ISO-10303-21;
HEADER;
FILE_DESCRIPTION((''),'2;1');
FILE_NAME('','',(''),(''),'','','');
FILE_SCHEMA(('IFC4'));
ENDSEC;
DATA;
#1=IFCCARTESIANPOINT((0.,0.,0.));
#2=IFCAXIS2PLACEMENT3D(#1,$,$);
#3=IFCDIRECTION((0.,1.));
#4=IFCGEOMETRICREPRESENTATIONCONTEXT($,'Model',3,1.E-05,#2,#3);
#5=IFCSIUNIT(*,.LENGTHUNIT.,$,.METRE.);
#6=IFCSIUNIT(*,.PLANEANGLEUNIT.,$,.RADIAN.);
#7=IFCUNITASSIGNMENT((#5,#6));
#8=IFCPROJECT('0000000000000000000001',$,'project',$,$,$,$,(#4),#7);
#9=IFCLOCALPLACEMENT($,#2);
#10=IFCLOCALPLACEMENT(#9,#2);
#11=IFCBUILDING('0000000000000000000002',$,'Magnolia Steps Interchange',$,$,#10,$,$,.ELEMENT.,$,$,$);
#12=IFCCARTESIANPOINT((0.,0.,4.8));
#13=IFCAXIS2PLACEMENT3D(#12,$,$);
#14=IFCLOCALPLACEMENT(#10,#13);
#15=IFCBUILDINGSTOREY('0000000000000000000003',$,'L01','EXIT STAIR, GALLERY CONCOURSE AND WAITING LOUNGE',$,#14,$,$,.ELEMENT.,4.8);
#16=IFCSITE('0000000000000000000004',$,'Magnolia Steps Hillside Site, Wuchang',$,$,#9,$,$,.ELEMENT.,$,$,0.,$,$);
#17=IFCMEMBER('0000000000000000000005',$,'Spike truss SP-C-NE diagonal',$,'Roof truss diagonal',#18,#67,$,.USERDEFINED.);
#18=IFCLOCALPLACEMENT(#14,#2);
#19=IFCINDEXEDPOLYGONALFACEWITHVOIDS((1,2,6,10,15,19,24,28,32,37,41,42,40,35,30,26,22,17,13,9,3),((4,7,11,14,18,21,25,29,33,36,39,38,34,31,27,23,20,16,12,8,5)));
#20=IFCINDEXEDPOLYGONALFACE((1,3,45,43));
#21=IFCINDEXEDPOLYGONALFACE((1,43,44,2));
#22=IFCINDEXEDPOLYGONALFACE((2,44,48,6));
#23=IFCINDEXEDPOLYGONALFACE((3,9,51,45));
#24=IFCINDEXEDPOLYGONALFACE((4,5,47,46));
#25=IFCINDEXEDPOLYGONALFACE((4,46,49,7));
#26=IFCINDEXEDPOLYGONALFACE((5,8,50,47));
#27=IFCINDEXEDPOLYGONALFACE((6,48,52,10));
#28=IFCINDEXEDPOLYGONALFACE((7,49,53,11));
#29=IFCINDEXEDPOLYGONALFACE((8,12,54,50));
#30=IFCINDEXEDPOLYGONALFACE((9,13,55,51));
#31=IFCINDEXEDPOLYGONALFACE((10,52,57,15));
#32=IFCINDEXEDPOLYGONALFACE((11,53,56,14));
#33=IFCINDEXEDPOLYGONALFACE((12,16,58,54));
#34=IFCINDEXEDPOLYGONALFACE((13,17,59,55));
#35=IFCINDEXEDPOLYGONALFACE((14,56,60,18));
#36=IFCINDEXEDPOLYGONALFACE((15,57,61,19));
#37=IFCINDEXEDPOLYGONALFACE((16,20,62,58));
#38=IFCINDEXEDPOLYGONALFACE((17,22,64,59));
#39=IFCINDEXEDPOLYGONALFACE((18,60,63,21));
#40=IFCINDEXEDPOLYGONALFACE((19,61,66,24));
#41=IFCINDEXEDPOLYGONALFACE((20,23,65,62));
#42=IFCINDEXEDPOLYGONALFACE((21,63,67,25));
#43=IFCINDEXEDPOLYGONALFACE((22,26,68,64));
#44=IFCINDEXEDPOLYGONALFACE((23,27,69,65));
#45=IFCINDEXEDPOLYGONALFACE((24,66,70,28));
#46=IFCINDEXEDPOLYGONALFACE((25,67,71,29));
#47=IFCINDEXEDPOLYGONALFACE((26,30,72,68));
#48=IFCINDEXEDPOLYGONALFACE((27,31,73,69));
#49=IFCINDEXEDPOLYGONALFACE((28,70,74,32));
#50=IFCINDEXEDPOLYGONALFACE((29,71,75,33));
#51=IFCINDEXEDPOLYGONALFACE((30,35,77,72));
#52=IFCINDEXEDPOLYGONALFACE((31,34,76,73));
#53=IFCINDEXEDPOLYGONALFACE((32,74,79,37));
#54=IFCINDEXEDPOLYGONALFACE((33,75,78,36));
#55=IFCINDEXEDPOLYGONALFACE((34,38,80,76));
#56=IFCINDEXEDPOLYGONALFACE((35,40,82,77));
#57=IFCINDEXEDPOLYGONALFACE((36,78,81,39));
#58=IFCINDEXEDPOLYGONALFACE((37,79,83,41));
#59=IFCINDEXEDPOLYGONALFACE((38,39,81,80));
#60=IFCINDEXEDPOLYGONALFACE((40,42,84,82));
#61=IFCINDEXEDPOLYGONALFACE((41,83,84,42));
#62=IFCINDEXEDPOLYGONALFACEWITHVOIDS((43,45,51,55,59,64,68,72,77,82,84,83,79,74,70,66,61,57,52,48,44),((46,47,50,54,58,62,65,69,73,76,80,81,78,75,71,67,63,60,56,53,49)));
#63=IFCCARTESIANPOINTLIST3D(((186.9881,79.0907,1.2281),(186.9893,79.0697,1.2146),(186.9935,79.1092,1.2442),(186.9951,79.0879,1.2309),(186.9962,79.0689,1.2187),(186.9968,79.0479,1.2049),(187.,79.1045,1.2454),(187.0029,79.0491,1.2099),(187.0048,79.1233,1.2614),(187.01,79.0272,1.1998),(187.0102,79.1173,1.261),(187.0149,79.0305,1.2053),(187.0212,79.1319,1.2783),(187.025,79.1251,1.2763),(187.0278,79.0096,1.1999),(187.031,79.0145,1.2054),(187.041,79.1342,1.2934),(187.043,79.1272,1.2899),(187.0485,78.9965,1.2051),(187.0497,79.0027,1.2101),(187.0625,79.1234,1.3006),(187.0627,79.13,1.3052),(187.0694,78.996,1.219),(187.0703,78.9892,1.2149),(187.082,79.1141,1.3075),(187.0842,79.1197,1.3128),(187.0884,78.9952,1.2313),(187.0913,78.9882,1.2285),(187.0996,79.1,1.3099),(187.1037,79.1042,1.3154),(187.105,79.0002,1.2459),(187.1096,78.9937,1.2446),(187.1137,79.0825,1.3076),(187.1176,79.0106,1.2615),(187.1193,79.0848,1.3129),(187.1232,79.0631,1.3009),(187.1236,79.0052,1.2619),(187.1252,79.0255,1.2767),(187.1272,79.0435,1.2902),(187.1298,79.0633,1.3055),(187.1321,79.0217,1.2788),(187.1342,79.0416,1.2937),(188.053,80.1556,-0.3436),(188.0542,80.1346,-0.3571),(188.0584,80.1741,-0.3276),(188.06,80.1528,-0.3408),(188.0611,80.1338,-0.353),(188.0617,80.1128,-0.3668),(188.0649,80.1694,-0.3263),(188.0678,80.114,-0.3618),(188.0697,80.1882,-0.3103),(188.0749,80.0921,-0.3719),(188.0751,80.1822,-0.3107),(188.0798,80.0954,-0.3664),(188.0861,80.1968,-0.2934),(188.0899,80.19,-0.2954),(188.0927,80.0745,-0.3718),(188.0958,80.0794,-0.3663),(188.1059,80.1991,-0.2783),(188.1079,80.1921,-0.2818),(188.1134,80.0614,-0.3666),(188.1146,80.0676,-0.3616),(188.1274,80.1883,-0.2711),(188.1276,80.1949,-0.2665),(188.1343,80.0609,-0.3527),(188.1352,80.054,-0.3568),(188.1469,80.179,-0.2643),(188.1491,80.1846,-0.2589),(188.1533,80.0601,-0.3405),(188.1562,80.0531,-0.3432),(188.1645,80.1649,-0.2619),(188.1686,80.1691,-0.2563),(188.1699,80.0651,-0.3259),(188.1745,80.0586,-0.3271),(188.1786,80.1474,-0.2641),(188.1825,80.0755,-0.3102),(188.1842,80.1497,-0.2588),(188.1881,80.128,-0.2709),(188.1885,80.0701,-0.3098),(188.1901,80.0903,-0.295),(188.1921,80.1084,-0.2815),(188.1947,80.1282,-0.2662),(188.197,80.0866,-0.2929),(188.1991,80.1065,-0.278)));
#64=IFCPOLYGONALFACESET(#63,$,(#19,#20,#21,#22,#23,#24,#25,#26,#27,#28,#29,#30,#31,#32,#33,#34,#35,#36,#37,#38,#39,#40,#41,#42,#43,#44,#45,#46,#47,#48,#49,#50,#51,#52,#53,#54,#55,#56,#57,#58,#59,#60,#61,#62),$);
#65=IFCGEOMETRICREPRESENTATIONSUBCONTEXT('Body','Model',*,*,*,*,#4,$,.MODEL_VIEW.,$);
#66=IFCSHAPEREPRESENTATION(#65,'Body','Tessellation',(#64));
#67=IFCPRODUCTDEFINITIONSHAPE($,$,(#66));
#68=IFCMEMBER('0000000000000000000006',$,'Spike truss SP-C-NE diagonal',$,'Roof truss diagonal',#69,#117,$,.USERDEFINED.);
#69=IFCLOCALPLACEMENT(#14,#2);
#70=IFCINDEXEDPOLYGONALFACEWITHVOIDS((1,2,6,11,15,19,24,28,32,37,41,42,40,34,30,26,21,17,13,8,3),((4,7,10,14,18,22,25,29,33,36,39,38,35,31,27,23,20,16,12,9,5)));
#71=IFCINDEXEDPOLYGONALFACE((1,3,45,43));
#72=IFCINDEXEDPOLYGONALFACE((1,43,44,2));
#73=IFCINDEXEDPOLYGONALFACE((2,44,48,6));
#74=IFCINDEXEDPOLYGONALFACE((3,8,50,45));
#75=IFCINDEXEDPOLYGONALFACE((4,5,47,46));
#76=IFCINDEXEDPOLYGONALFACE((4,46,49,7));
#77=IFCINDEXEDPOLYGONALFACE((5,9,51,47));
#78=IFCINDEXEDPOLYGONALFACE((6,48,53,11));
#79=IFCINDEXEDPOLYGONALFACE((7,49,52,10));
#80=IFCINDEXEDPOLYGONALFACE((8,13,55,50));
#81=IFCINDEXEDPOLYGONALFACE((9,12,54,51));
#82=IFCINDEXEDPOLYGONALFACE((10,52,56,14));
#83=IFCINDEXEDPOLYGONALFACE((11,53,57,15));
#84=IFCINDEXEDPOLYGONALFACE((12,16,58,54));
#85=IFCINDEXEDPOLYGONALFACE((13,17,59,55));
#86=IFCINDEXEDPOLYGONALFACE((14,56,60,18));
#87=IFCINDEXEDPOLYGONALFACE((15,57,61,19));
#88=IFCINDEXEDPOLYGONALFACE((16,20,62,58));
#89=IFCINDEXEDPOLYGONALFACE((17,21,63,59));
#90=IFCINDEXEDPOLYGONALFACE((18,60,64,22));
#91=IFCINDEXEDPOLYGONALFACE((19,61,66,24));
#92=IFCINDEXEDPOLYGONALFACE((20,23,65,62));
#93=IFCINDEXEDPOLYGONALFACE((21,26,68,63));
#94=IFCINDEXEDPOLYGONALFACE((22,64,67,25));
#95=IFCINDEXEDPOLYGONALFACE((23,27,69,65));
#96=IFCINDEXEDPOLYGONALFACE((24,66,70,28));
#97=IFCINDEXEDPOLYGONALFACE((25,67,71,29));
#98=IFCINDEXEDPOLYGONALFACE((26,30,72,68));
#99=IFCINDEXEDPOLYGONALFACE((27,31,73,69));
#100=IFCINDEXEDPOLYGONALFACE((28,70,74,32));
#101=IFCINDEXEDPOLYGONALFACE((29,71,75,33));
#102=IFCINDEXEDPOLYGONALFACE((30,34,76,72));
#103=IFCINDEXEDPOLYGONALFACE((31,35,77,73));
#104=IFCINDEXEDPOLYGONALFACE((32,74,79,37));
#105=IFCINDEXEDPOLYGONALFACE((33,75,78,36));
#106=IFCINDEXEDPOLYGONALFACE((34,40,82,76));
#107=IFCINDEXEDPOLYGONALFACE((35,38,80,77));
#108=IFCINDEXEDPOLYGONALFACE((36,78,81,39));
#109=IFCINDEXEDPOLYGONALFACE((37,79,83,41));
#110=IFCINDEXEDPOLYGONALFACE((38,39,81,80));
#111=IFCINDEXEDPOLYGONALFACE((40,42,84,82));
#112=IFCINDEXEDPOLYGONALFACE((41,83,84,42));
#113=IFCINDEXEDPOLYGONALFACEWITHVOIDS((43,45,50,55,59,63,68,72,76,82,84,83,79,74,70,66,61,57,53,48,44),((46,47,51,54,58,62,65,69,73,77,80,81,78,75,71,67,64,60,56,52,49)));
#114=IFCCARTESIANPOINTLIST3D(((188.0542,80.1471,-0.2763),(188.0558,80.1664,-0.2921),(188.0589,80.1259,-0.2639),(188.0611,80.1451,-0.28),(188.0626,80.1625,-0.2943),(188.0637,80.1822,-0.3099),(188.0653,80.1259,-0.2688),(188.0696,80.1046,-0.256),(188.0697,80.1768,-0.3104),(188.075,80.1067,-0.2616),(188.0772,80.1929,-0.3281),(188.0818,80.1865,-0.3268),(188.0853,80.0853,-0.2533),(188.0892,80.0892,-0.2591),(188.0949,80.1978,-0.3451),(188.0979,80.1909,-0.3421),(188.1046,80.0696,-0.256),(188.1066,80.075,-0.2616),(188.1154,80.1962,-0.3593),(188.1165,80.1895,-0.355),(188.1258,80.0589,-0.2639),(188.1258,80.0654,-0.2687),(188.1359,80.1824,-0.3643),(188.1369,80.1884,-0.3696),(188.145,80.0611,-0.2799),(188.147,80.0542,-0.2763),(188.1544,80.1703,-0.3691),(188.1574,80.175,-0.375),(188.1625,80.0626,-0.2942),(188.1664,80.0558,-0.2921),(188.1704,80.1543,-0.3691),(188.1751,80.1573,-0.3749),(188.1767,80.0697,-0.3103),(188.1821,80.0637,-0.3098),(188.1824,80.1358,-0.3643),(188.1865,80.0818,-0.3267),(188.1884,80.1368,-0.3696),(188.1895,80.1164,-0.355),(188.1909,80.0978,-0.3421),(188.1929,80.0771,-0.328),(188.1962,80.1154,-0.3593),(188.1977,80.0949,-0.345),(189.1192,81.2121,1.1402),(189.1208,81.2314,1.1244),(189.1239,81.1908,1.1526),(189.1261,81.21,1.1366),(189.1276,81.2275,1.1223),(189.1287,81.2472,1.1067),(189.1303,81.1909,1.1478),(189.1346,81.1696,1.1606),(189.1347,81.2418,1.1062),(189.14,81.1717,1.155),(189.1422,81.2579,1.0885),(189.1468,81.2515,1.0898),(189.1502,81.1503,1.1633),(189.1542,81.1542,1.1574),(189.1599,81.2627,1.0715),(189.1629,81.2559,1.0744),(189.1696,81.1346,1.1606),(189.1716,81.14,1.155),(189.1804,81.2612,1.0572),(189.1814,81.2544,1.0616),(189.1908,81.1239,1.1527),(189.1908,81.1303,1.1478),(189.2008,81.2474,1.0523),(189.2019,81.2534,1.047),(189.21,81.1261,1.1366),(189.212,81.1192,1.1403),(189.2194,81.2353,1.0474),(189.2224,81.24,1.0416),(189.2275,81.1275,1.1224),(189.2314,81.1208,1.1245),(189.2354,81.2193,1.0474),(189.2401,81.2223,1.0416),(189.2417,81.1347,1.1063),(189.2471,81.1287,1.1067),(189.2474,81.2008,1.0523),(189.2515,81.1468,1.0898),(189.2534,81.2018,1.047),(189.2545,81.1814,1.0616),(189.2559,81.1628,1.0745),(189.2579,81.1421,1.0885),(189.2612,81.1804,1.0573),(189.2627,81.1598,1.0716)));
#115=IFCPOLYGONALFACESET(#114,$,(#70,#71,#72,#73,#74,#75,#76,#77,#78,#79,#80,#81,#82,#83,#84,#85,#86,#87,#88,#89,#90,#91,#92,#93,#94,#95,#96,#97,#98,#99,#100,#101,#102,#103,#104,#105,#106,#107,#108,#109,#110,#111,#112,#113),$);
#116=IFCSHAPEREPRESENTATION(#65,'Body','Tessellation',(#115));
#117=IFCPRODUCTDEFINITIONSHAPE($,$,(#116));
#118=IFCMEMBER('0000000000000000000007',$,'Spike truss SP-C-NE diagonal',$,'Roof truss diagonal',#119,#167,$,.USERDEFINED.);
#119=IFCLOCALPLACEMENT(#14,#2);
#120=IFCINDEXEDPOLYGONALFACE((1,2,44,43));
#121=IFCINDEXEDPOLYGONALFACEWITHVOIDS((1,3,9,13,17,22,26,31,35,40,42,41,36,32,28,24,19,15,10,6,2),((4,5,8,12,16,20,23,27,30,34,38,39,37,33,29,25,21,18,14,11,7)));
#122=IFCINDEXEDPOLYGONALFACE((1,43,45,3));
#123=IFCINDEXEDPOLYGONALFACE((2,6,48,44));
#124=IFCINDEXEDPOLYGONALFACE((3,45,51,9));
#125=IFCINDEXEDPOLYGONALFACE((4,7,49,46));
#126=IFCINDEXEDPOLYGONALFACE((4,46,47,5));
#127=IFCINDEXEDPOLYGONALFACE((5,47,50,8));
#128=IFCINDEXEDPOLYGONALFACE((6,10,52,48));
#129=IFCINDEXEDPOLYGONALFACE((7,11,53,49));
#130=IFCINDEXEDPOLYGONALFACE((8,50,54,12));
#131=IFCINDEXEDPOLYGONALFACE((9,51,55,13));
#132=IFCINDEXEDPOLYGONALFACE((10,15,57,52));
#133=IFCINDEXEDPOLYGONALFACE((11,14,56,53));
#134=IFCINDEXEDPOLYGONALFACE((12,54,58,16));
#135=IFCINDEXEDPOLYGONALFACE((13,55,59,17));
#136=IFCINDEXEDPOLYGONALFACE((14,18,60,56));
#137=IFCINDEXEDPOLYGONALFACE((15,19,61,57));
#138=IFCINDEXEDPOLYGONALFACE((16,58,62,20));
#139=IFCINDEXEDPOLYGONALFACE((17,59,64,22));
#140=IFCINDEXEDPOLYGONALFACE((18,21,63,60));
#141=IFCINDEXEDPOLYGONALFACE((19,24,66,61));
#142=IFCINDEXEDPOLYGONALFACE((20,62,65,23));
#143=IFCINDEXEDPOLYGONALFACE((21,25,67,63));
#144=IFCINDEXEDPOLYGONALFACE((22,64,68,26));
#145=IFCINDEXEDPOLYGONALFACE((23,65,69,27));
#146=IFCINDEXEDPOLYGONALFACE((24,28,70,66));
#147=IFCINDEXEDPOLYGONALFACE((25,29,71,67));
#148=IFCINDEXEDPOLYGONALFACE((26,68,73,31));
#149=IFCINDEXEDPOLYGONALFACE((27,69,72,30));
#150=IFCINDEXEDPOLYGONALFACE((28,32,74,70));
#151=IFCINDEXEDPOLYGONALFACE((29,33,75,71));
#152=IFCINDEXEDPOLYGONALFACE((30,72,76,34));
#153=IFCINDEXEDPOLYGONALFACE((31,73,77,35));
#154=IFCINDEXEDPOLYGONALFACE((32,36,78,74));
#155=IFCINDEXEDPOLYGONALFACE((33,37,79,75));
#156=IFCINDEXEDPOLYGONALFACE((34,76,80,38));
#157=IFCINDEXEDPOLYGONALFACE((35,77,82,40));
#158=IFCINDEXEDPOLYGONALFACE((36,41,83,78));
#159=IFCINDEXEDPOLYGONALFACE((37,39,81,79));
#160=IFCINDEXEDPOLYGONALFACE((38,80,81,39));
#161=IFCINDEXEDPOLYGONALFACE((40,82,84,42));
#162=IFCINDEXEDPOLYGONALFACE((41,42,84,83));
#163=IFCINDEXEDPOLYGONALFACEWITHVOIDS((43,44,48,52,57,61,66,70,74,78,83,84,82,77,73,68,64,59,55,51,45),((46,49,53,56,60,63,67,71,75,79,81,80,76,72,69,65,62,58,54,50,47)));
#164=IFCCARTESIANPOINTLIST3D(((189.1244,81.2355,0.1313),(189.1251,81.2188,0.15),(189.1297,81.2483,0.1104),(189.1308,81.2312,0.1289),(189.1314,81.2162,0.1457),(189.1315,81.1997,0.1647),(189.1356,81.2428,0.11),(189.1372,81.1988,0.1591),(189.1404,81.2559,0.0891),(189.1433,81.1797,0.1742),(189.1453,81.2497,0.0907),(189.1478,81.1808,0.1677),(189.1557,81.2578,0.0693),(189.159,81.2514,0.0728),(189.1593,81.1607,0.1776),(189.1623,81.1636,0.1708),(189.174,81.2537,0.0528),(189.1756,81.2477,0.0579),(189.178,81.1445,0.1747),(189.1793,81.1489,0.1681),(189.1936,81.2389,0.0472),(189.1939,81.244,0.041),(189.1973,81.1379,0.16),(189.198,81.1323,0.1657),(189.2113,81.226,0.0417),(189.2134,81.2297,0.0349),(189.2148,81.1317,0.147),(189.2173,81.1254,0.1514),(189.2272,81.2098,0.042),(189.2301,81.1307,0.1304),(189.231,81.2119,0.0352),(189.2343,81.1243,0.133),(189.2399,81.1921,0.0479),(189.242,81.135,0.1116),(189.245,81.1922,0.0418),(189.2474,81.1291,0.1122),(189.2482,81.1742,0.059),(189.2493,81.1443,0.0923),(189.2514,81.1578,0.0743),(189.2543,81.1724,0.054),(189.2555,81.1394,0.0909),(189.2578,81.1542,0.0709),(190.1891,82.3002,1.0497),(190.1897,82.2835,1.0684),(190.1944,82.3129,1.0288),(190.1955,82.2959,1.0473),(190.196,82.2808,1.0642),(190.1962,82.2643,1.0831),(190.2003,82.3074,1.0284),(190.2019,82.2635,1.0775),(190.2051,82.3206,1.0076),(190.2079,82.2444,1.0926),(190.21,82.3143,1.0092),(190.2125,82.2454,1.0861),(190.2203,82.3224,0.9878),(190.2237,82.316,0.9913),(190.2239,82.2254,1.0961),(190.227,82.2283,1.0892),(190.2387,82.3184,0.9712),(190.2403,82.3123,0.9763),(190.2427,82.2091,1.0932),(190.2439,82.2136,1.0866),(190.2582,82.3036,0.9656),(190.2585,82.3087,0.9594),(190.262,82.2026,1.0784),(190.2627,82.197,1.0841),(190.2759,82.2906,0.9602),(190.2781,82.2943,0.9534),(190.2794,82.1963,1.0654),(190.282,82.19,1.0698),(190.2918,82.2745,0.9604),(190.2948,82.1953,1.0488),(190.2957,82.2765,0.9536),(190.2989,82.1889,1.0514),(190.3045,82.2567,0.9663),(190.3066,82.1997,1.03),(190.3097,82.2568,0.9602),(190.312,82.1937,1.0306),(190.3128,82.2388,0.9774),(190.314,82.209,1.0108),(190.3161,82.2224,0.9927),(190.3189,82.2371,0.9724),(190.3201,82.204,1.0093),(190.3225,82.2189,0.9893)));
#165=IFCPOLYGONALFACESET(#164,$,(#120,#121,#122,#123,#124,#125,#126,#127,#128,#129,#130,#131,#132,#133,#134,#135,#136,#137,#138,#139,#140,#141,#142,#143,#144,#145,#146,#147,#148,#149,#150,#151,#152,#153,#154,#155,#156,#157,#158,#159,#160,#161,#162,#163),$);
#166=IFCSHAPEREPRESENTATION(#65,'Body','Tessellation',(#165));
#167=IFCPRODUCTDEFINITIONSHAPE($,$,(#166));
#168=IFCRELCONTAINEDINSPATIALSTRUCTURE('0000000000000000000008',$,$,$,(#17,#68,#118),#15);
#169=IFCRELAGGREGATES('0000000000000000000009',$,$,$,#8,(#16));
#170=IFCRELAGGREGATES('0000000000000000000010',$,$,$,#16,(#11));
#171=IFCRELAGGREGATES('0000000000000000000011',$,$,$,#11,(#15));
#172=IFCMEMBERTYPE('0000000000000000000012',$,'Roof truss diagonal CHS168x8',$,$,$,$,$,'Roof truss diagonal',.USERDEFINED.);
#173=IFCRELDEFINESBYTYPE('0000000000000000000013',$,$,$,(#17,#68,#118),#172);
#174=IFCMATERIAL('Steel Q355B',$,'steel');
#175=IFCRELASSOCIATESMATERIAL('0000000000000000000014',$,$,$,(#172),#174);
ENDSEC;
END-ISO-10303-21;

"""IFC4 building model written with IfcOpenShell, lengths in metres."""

from ifc_helpers import new_model, si_unit, direction, frame, origin, origin_2d, place, context, subcontext, project, spatial, hollow_circle, extrude, material, material_profile, profile_set, type_object, element, save


model = new_model("IFC4")

# Units and contexts
model_context = context("Model", 3, precision=1e-05, world=origin(), true_north=direction((0.0, 1.0)))
body_context = subcontext(model_context, "Body", "Model", "MODEL_VIEW")
ifc_project = project(units=[si_unit("LENGTHUNIT", "METRE"), si_unit("PLANEANGLEUNIT", "RADIAN")], contexts=[model_context])

# Site, building, storey
site_placement = place(None, origin())
site = spatial("IfcSite", under=ifc_project, at=site_placement, Name="Magnolia Steps Hillside Site, Wuchang", CompositionType="ELEMENT", RefElevation=0.0)
building_placement = place(site_placement, origin())
building = spatial("IfcBuilding", under=site, at=building_placement, Name="Magnolia Steps Interchange", CompositionType="ELEMENT")
storey_placement = place(building_placement, frame((0.0, 0.0, 4.8)))
storey = spatial("IfcBuildingStorey", under=building, at=storey_placement, Name="L01", Description="EXIT STAIR, GALLERY CONCOURSE AND WAITING LOUNGE", CompositionType="ELEMENT", Elevation=4.8)

# Members
ifc_material_1 = material(Name="Steel Q355B", Category="steel")
ifc_material_profile_1 = material_profile(ifc_material_1, hollow_circle(Radius=0.084, WallThickness=0.0081, at=origin_2d()), Name="CHS168x8")
ifc_profile_set_1 = profile_set([ifc_material_profile_1], Name="Steel Q355B")
member_type_1 = type_object("IfcMemberType", Name="Roof truss diagonal CHS168x8", ElementType="Roof truss diagonal", PredefinedType="USERDEFINED", material=ifc_profile_set_1)
member_1_placement = place(storey_placement, frame((187.061, 79.061, 1.2573), z_axis=(0.489212, 0.489212, -0.722041), x_axis=(-0.669329, 0.741362, 0.048805)))
element("IfcMember", 1, at=member_1_placement, inside=storey, type_object=member_type_1, Name="Spike truss SP-C-NE diagonal", ObjectType="Roof truss diagonal", PredefinedType="USERDEFINED", context=body_context, shape_type="SweptSolid", body=[
    extrude(hollow_circle(Radius=0.084, WallThickness=0.0081, at=origin_2d()), origin(), (0.0, 0.0, 1.0), 2.1768),
])
member_2_placement = place(storey_placement, frame((188.126, 80.126, -0.3145), z_axis=(0.515079, 0.515079, 0.685119), x_axis=(-0.741097, 0.66922, 0.054038)))
element("IfcMember", 2, at=member_2_placement, inside=storey, type_object=member_type_1, Name="Spike truss SP-C-NE diagonal", ObjectType="Roof truss diagonal", PredefinedType="USERDEFINED", context=body_context, shape_type="SweptSolid", body=[
    extrude(hollow_circle(Radius=0.084, WallThickness=0.0081, at=origin_2d()), origin(), (0.0, 0.0, 1.0), 2.0676),
])
member_3_placement = place(storey_placement, frame((189.1909, 81.1909, 0.106), z_axis=(0.603664, 0.603664, 0.520749), x_axis=(-0.728651, 0.682821, 0.053127)))
element("IfcMember", 3, at=member_3_placement, inside=storey, type_object=member_type_1, Name="Spike truss SP-C-NE diagonal", ObjectType="Roof truss diagonal", PredefinedType="USERDEFINED", context=body_context, shape_type="SweptSolid", body=[
    extrude(hollow_circle(Radius=0.084, WallThickness=0.0081, at=origin_2d()), origin(), (0.0, 0.0, 1.0), 1.7637),
])

save(model, "model.ifc")
